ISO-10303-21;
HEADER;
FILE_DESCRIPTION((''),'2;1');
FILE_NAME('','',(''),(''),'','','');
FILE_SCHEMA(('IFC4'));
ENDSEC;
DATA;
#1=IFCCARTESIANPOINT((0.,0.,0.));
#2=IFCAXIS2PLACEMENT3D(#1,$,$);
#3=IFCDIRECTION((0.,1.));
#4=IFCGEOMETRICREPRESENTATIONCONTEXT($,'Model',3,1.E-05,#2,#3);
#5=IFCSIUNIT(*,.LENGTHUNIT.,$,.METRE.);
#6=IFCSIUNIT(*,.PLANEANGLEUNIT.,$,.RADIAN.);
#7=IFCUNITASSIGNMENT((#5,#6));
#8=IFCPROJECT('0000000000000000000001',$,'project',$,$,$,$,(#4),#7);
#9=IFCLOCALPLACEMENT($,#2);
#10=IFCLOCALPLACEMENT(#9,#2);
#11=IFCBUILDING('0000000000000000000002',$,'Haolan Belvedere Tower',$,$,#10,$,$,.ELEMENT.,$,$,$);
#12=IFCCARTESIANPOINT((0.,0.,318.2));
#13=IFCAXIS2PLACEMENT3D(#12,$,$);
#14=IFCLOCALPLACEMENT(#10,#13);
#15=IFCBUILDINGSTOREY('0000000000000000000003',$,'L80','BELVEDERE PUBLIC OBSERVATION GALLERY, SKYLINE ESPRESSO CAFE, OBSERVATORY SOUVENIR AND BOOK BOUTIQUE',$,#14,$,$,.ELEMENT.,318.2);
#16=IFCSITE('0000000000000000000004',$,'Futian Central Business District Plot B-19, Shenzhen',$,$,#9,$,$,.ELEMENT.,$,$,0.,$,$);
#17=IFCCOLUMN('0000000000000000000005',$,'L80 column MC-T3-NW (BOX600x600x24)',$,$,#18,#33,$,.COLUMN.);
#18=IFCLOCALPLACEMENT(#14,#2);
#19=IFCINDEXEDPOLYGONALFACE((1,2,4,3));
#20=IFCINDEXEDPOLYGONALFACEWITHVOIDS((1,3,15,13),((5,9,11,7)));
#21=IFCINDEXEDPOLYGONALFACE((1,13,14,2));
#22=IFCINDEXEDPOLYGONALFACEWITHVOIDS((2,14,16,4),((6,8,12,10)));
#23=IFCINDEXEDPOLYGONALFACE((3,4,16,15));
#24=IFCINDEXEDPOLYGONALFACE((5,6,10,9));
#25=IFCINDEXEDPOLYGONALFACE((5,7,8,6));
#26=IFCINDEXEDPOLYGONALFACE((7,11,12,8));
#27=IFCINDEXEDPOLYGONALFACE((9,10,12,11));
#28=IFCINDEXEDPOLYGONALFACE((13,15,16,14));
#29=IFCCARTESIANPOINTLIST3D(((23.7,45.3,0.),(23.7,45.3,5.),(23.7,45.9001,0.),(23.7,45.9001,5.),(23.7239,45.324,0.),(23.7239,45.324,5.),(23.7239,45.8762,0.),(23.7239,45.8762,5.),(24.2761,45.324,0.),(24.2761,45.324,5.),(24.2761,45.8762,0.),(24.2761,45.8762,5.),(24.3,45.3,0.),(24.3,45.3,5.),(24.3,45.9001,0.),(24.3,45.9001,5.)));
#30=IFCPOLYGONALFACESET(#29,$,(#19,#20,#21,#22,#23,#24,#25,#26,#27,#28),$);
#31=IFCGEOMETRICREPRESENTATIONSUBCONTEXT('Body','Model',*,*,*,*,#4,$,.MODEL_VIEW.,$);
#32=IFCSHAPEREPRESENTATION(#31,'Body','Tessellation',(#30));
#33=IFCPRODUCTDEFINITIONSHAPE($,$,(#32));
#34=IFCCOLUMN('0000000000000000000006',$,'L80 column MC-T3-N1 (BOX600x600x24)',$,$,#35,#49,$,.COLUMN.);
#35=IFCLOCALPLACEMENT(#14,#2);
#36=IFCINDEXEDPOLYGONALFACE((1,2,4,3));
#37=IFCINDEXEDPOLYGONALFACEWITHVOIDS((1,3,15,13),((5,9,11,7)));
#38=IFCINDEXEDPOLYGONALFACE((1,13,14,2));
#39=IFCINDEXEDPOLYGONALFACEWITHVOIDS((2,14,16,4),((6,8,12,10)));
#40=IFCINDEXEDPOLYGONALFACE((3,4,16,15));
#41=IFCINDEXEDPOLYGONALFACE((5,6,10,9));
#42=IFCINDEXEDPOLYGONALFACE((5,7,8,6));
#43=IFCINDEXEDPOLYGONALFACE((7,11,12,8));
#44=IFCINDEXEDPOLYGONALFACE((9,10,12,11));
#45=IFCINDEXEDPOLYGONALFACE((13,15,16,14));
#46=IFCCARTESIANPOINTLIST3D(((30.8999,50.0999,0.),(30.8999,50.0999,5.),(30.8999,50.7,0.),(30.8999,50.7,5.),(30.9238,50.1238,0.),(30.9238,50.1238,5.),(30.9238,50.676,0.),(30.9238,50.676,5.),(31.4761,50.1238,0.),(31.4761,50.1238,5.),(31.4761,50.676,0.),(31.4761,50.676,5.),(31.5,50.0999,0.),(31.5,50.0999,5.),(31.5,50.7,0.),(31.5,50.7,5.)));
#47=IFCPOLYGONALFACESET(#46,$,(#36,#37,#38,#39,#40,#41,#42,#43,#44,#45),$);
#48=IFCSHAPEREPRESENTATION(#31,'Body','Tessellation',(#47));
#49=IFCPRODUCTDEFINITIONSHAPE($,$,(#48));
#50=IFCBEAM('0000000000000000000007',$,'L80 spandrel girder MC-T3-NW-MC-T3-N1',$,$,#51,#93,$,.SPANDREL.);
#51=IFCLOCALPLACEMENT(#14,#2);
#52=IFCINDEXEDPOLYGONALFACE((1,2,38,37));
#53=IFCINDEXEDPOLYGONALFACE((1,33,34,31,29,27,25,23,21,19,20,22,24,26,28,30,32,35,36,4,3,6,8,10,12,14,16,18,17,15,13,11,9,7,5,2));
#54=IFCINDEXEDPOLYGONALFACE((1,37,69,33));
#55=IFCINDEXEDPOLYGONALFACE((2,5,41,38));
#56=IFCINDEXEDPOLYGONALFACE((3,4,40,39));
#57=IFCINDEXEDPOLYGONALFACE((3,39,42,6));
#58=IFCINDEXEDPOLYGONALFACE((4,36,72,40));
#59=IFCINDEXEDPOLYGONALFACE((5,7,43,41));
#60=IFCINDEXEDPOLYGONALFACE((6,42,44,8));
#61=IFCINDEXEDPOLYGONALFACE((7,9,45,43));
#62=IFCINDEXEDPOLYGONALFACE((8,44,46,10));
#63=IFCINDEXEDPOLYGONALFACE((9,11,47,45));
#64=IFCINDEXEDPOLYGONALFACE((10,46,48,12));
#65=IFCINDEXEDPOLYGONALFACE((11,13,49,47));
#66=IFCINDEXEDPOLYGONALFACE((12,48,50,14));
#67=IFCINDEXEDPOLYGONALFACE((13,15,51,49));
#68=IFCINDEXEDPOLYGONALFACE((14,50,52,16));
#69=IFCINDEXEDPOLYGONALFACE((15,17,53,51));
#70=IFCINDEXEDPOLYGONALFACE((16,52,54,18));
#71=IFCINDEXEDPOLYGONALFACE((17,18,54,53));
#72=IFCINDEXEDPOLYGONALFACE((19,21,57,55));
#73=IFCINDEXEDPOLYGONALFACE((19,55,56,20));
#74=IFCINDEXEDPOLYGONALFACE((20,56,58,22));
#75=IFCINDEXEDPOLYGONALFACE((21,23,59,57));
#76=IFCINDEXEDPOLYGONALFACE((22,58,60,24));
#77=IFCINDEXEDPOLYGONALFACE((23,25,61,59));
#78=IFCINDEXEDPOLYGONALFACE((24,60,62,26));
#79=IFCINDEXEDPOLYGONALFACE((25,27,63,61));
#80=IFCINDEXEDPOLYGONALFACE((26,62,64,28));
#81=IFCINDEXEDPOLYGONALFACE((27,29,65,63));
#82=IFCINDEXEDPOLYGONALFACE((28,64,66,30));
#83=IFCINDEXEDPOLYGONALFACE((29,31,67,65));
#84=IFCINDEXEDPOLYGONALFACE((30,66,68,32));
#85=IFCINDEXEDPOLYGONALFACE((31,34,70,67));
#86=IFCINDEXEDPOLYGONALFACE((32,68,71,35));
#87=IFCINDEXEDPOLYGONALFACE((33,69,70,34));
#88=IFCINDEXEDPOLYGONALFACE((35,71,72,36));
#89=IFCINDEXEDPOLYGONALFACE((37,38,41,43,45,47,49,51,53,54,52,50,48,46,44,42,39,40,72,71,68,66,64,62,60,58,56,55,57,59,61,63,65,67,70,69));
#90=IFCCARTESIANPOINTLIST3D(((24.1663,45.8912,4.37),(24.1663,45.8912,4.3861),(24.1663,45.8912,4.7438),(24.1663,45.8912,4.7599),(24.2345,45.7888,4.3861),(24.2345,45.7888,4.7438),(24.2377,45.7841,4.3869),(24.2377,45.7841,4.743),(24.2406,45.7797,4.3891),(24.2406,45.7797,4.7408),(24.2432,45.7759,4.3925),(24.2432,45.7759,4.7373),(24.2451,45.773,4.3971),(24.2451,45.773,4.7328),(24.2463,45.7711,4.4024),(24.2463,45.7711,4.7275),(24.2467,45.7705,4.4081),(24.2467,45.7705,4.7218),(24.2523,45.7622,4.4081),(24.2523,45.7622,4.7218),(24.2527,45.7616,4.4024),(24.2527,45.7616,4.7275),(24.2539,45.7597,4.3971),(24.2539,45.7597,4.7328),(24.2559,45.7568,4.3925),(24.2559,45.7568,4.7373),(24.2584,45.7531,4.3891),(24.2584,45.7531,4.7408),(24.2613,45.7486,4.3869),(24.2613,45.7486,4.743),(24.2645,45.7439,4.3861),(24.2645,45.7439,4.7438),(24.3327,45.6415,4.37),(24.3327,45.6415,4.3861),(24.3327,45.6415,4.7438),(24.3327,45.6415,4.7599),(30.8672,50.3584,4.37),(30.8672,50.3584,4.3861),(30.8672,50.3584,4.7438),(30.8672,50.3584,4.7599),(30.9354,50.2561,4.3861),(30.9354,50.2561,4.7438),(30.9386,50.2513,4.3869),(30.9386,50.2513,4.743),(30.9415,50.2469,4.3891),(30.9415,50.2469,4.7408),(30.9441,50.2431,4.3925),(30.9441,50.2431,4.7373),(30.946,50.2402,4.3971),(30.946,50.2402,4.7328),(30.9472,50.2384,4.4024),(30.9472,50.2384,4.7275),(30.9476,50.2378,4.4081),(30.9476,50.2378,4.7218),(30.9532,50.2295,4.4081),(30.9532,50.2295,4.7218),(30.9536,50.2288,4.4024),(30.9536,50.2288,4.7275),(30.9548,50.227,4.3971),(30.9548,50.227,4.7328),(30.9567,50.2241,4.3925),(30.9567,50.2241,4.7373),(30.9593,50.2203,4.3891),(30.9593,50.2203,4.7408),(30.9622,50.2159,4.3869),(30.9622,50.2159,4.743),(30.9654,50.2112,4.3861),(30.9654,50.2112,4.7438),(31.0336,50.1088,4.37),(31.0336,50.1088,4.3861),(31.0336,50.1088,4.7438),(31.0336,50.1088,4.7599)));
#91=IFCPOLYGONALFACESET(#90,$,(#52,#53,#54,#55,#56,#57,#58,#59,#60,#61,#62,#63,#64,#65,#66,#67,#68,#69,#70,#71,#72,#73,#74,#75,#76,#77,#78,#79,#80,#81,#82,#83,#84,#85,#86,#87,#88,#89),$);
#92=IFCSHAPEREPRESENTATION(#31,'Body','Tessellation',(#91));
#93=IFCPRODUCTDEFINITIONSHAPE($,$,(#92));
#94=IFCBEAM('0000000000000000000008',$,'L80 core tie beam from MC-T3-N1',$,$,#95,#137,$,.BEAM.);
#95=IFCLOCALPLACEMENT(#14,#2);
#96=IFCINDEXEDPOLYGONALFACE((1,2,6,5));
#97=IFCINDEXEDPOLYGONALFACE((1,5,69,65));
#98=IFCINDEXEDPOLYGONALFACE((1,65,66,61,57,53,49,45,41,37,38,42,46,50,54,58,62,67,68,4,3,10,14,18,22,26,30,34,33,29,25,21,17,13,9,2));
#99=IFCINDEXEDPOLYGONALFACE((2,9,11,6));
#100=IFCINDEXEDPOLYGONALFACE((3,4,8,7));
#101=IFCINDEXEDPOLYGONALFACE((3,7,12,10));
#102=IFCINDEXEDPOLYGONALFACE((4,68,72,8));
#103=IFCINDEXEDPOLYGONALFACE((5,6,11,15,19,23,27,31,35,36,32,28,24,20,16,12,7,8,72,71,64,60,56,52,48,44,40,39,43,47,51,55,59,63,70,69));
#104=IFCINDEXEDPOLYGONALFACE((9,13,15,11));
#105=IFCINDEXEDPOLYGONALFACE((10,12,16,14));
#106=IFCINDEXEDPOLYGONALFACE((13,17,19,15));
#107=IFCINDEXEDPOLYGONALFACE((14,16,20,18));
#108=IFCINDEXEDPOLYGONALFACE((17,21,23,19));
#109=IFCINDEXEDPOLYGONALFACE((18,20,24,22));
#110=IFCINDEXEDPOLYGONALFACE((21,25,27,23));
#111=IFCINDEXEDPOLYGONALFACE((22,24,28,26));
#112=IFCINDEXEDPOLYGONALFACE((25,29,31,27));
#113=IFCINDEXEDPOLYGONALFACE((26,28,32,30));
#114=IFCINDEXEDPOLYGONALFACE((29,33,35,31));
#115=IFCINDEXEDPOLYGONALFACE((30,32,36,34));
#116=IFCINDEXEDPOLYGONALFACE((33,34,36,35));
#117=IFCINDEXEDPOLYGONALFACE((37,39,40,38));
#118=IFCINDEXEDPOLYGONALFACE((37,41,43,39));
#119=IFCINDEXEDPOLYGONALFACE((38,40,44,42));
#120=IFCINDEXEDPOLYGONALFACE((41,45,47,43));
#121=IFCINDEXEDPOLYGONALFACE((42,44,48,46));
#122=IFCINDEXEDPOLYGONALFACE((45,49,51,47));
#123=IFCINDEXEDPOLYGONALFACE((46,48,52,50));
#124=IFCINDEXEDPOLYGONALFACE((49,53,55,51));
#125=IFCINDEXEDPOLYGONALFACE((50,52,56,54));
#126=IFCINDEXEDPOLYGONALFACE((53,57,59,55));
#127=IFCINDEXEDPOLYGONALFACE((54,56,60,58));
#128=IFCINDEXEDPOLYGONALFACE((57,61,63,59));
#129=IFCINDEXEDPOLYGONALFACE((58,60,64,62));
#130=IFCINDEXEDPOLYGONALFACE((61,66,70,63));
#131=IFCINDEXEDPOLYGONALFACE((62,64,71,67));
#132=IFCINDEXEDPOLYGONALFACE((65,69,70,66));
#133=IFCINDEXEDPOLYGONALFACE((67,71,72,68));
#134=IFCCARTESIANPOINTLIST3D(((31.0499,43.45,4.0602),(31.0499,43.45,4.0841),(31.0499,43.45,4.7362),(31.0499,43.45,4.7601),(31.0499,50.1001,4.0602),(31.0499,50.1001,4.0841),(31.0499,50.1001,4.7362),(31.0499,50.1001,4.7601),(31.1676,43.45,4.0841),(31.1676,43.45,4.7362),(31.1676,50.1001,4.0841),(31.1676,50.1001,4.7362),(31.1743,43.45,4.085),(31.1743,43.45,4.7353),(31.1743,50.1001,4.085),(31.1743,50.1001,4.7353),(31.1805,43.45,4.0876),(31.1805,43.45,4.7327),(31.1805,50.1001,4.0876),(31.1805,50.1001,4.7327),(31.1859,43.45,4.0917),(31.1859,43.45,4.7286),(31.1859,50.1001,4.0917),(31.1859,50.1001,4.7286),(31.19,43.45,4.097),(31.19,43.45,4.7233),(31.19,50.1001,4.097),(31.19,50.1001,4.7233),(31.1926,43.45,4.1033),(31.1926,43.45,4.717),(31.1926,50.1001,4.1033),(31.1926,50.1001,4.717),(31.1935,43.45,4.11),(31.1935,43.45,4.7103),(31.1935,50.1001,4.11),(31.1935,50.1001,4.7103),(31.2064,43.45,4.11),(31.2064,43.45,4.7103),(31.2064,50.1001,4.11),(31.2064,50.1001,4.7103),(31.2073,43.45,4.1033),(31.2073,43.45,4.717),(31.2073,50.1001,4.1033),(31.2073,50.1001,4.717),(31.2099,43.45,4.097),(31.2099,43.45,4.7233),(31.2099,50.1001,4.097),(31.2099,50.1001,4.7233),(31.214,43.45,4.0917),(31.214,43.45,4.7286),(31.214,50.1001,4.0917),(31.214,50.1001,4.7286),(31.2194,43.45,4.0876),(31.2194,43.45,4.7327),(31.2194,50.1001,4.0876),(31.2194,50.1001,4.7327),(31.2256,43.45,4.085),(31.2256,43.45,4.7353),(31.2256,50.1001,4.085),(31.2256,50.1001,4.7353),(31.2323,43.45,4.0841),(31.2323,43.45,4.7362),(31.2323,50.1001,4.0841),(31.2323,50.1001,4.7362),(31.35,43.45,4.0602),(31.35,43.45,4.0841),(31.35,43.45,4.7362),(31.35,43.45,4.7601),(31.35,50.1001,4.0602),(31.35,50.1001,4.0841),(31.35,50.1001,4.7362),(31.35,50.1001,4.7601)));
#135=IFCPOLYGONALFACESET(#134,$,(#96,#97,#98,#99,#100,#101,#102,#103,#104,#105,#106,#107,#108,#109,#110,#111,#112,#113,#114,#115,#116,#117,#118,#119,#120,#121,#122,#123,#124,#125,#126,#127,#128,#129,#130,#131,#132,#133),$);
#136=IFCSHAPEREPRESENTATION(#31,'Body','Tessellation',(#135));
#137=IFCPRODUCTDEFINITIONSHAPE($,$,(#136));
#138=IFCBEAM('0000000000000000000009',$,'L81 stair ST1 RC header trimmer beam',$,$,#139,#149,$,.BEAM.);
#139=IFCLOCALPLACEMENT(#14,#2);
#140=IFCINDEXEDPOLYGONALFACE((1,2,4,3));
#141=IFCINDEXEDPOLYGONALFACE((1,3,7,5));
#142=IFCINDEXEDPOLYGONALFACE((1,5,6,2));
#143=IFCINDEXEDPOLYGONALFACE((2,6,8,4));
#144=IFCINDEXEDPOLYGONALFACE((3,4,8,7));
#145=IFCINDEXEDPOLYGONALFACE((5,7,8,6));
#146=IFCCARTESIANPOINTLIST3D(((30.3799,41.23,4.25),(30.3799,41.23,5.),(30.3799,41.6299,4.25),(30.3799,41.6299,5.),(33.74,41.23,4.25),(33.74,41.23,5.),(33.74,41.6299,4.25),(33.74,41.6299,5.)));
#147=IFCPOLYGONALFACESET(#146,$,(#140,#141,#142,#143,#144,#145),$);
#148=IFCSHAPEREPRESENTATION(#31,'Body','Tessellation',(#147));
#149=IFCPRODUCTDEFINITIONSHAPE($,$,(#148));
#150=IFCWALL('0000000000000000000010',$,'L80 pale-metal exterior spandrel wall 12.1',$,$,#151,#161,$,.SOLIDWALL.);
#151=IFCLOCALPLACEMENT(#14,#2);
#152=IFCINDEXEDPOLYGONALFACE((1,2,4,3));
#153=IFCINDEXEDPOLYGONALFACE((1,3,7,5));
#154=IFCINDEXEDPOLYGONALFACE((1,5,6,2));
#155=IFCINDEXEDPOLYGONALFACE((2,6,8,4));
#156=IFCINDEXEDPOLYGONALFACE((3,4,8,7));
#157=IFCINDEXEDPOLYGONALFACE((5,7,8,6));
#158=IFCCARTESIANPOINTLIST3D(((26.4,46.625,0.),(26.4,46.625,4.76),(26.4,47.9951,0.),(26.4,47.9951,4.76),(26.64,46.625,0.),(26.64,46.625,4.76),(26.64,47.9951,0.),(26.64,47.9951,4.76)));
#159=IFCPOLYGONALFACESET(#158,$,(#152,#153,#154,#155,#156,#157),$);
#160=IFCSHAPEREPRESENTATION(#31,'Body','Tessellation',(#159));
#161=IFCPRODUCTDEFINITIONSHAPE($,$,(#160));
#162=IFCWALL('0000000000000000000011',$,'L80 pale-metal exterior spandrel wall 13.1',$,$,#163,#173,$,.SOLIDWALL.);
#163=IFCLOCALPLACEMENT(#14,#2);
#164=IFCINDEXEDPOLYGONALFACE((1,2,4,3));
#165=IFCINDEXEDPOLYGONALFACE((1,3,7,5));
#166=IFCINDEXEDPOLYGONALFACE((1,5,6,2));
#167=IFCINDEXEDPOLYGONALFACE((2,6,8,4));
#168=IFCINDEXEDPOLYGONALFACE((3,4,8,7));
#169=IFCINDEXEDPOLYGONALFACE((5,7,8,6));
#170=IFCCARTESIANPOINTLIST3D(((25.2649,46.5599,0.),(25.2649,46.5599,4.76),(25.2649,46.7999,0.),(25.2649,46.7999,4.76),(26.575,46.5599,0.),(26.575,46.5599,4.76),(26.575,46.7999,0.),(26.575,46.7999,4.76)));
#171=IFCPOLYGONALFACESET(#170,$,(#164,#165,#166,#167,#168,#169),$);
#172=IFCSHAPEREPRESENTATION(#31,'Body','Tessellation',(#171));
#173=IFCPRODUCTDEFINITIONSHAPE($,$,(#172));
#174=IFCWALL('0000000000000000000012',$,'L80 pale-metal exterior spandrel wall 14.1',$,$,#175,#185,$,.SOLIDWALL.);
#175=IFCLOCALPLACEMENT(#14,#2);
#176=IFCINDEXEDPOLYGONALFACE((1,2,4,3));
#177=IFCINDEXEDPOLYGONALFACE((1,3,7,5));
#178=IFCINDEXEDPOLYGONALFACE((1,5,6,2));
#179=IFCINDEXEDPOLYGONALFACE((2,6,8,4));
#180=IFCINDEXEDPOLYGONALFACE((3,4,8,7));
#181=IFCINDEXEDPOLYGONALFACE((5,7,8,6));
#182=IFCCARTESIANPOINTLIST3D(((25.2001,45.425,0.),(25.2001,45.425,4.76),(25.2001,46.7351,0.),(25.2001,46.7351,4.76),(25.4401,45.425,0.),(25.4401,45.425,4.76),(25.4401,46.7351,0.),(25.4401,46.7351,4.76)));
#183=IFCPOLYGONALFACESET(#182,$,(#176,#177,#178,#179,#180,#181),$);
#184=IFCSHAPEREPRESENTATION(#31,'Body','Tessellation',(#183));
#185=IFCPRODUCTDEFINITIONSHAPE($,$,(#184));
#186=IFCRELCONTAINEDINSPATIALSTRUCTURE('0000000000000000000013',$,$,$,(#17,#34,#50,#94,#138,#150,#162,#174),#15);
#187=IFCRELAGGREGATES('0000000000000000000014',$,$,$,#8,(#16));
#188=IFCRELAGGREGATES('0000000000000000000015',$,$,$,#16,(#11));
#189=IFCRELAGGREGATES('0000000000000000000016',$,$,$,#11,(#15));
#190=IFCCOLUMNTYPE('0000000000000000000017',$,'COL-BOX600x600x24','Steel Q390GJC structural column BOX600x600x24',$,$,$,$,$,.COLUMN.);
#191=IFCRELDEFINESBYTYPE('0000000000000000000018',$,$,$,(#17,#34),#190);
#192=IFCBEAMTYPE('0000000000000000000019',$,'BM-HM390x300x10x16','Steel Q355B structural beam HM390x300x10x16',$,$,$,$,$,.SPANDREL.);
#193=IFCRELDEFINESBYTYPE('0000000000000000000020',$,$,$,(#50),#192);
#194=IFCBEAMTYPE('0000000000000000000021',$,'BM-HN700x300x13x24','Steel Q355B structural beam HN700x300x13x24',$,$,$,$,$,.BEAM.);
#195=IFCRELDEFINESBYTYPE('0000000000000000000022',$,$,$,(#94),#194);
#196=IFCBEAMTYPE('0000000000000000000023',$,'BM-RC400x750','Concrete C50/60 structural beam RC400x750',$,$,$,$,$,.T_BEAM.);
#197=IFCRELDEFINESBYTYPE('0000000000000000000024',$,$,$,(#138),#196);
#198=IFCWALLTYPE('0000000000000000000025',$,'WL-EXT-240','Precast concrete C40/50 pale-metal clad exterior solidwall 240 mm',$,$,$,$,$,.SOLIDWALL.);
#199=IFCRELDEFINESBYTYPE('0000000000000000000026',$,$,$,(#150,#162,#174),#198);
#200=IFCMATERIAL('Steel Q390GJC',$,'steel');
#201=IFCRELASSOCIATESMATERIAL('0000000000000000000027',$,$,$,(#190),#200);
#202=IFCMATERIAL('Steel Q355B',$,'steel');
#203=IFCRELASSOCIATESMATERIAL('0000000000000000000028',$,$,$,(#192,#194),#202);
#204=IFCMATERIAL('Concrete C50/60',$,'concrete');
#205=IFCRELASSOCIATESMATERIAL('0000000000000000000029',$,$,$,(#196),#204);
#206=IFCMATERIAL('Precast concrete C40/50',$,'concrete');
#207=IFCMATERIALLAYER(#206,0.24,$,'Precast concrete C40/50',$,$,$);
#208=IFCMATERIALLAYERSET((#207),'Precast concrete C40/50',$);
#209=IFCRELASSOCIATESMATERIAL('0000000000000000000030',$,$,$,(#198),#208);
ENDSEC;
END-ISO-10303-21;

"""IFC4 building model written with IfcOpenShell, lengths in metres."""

from ifc_helpers import new_model, si_unit, direction, frame, frame_2d, origin, origin_2d, place, context, subcontext, project, spatial, rectangle, hollow_rectangle, i_section, extrude, material, layer, layer_set, material_profile, profile_set, type_object, element, save


model = new_model("IFC4")

# Units and contexts
model_context = context("Model", 3, precision=1e-05, world=origin(), true_north=direction((0.0, 1.0)))
body_context = subcontext(model_context, "Body", "Model", "MODEL_VIEW")
ifc_project = project(units=[si_unit("LENGTHUNIT", "METRE"), si_unit("PLANEANGLEUNIT", "RADIAN")], contexts=[model_context])

# Site, building, storey
site_placement = place(None, origin())
site = spatial("IfcSite", under=ifc_project, at=site_placement, Name="Futian Central Business District Plot B-19, Shenzhen", CompositionType="ELEMENT", RefElevation=0.0)
building_placement = place(site_placement, origin())
building = spatial("IfcBuilding", under=site, at=building_placement, Name="Haolan Belvedere Tower", CompositionType="ELEMENT")
storey_placement = place(building_placement, frame((0.0, 0.0, 318.2)))
storey = spatial("IfcBuildingStorey", under=building, at=storey_placement, Name="L80", Description="BELVEDERE PUBLIC OBSERVATION GALLERY, SKYLINE ESPRESSO CAFE, OBSERVATORY SOUVENIR AND BOOK BOUTIQUE", CompositionType="ELEMENT", Elevation=318.2)

# Columns
ifc_material_1 = material(Name="Steel Q390GJC", Category="steel")
ifc_material_profile_1 = material_profile(ifc_material_1, hollow_rectangle(XDim=0.6001, YDim=0.6001, WallThickness=0.0239, at=origin_2d()), Name="Steel Q390GJC")
ifc_profile_set_1 = profile_set([ifc_material_profile_1], Name="Steel Q390GJC")
column_type = type_object("IfcColumnType", Name="COL-BOX600x600x24", Description="Steel Q390GJC structural column BOX600x600x24", PredefinedType="COLUMN", material=ifc_profile_set_1)
for number, where, z_axis, x_axis, name in (
    (1, (24.0, 45.6001, 0.0), (0.0, 0.0, 1.0), (1.0, 0.0, 0.0), "L80 column MC-T3-NW (BOX600x600x24)"),
    (2, (31.2, 50.3999, 0.0), (0.0, 0.0, 1.0), (1.0, 0.0, 0.0), "L80 column MC-T3-N1 (BOX600x600x24)"),
):
    element("IfcColumn", number, at=place(storey_placement, frame(where, z_axis=z_axis, x_axis=x_axis)), inside=storey, type_object=column_type, Name=name, PredefinedType="COLUMN", context=body_context, shape_type="SweptSolid", body=[
        extrude(hollow_rectangle(XDim=0.6001, YDim=0.6001, WallThickness=0.0239, at=origin_2d()), origin(), (0.0, 0.0, 1.0), 5.0),
    ])

# Beams
ifc_material_2 = material(Name="Steel Q355B", Category="steel")
ifc_material_profile_2 = material_profile(ifc_material_2, i_section(OverallWidth=0.3, OverallDepth=0.3899, WebThickness=0.01, FlangeThickness=0.0161, FilletRadius=0.022, at=origin_2d()), Name="Steel Q355B")
ifc_profile_set_2 = profile_set([ifc_material_profile_2], Name="Steel Q355B")
beam_type_1 = type_object("IfcBeamType", Name="BM-HM390x300x10x16", Description="Steel Q355B structural beam HM390x300x10x16", PredefinedType="SPANDREL", material=ifc_profile_set_2)
beam_1_placement = place(storey_placement, frame((24.2495, 45.7664, 4.5649), z_axis=(0.83205, 0.5547, 0.0), x_axis=(-0.5547, 0.83205, 0.0)))
element("IfcBeam", 3, at=beam_1_placement, inside=storey, type_object=beam_type_1, Name="L80 spandrel girder MC-T3-NW-MC-T3-N1", PredefinedType="SPANDREL", context=body_context, shape_type="SweptSolid", body=[
    extrude(i_section(OverallWidth=0.3, OverallDepth=0.3899, WebThickness=0.01, FlangeThickness=0.0161, FilletRadius=0.022, at=origin_2d()), origin(), (0.0, 0.0, 1.0), 8.0535),
])
ifc_material_profile_3 = material_profile(ifc_material_2, i_section(OverallWidth=0.3, OverallDepth=0.7, WebThickness=0.0129, FlangeThickness=0.0239, FilletRadius=0.0259, at=origin_2d()), Name="Steel Q355B")
ifc_profile_set_3 = profile_set([ifc_material_profile_3], Name="Steel Q355B")
beam_type_2 = type_object("IfcBeamType", Name="BM-HN700x300x13x24", Description="Steel Q355B structural beam HN700x300x13x24", PredefinedType="BEAM", material=ifc_profile_set_3)
beam_2_placement = place(storey_placement, frame((31.2, 50.1001, 4.4102), z_axis=(0.0, -1.0, 0.0), x_axis=(1.0, 0.0, 0.0)))
element("IfcBeam", 4, at=beam_2_placement, inside=storey, type_object=beam_type_2, Name="L80 core tie beam from MC-T3-N1", PredefinedType="BEAM", context=body_context, shape_type="SweptSolid", body=[
    extrude(i_section(OverallWidth=0.3, OverallDepth=0.7, WebThickness=0.0129, FlangeThickness=0.0239, FilletRadius=0.0259, at=origin_2d()), origin(), (0.0, 0.0, 1.0), 6.6501),
])
ifc_material_3 = material(Name="Concrete C50/60", Category="concrete")
ifc_material_profile_4 = material_profile(ifc_material_3, rectangle(XDim=0.3999, YDim=0.75, at=origin_2d()), Name="Concrete C50/60")
ifc_profile_set_4 = profile_set([ifc_material_profile_4], Name="Concrete C50/60")
beam_type_3 = type_object("IfcBeamType", Name="BM-RC400x750", Description="Concrete C50/60 structural beam RC400x750", PredefinedType="T_BEAM", material=ifc_profile_set_4)
beam_3_placement = place(storey_placement, frame((30.3799, 41.4299, 4.625), z_axis=(1.0, 0.0, 0.0), x_axis=(0.0, 1.0, 0.0)))
element("IfcBeam", 5, at=beam_3_placement, inside=storey, type_object=beam_type_3, Name="L81 stair ST1 RC header trimmer beam", PredefinedType="BEAM", context=body_context, shape_type="SweptSolid", body=[
    extrude(rectangle(XDim=0.3999, YDim=0.75, at=origin_2d()), origin(), (0.0, 0.0, 1.0), 3.3601),
])

# Walls
ifc_material_4 = material(Name="Precast concrete C40/50", Category="concrete")
ifc_layer_1 = layer(ifc_material_4, 0.24, Name="Precast concrete C40/50")
ifc_layer_set_1 = layer_set([ifc_layer_1], Name="Precast concrete C40/50")
wall_type_1 = type_object("IfcWallType", Name="WL-EXT-240", Description="Precast concrete C40/50 pale-metal clad exterior solidwall 240 mm", PredefinedType="SOLIDWALL", material=ifc_layer_set_1)
wall_1_placement = place(storey_placement, frame((26.52, 47.9951, 0.0), z_axis=(0.0, 0.0, 1.0), x_axis=(0.0, -1.0, 0.0)))
element("IfcWall", 6, at=wall_1_placement, inside=storey, type_object=wall_type_1, Name="L80 pale-metal exterior spandrel wall 12.1", PredefinedType="SOLIDWALL", context=body_context, shape_type="SweptSolid", body=[
    extrude(rectangle(XDim=1.3701, YDim=0.24, at=frame_2d((0.6851, 0.0))), origin(), (0.0, 0.0, 1.0), 4.76),
])
for number, where, z_axis, x_axis, name in (
    (7, (26.575, 46.6799, 0.0), (0.0, 0.0, 1.0), (-1.0, 0.0, 0.0), "L80 pale-metal exterior spandrel wall 13.1"),
    (8, (25.3201, 46.7351, 0.0), (0.0, 0.0, 1.0), (0.0, -1.0, 0.0), "L80 pale-metal exterior spandrel wall 14.1"),
):
    element("IfcWall", number, at=place(storey_placement, frame(where, z_axis=z_axis, x_axis=x_axis)), inside=storey, type_object=wall_type_1, Name=name, PredefinedType="SOLIDWALL", context=body_context, shape_type="SweptSolid", body=[
        extrude(rectangle(XDim=1.3101, YDim=0.24, at=frame_2d((0.655, 0.0))), origin(), (0.0, 0.0, 1.0), 4.76),
    ])

save(model, "model.ifc")
